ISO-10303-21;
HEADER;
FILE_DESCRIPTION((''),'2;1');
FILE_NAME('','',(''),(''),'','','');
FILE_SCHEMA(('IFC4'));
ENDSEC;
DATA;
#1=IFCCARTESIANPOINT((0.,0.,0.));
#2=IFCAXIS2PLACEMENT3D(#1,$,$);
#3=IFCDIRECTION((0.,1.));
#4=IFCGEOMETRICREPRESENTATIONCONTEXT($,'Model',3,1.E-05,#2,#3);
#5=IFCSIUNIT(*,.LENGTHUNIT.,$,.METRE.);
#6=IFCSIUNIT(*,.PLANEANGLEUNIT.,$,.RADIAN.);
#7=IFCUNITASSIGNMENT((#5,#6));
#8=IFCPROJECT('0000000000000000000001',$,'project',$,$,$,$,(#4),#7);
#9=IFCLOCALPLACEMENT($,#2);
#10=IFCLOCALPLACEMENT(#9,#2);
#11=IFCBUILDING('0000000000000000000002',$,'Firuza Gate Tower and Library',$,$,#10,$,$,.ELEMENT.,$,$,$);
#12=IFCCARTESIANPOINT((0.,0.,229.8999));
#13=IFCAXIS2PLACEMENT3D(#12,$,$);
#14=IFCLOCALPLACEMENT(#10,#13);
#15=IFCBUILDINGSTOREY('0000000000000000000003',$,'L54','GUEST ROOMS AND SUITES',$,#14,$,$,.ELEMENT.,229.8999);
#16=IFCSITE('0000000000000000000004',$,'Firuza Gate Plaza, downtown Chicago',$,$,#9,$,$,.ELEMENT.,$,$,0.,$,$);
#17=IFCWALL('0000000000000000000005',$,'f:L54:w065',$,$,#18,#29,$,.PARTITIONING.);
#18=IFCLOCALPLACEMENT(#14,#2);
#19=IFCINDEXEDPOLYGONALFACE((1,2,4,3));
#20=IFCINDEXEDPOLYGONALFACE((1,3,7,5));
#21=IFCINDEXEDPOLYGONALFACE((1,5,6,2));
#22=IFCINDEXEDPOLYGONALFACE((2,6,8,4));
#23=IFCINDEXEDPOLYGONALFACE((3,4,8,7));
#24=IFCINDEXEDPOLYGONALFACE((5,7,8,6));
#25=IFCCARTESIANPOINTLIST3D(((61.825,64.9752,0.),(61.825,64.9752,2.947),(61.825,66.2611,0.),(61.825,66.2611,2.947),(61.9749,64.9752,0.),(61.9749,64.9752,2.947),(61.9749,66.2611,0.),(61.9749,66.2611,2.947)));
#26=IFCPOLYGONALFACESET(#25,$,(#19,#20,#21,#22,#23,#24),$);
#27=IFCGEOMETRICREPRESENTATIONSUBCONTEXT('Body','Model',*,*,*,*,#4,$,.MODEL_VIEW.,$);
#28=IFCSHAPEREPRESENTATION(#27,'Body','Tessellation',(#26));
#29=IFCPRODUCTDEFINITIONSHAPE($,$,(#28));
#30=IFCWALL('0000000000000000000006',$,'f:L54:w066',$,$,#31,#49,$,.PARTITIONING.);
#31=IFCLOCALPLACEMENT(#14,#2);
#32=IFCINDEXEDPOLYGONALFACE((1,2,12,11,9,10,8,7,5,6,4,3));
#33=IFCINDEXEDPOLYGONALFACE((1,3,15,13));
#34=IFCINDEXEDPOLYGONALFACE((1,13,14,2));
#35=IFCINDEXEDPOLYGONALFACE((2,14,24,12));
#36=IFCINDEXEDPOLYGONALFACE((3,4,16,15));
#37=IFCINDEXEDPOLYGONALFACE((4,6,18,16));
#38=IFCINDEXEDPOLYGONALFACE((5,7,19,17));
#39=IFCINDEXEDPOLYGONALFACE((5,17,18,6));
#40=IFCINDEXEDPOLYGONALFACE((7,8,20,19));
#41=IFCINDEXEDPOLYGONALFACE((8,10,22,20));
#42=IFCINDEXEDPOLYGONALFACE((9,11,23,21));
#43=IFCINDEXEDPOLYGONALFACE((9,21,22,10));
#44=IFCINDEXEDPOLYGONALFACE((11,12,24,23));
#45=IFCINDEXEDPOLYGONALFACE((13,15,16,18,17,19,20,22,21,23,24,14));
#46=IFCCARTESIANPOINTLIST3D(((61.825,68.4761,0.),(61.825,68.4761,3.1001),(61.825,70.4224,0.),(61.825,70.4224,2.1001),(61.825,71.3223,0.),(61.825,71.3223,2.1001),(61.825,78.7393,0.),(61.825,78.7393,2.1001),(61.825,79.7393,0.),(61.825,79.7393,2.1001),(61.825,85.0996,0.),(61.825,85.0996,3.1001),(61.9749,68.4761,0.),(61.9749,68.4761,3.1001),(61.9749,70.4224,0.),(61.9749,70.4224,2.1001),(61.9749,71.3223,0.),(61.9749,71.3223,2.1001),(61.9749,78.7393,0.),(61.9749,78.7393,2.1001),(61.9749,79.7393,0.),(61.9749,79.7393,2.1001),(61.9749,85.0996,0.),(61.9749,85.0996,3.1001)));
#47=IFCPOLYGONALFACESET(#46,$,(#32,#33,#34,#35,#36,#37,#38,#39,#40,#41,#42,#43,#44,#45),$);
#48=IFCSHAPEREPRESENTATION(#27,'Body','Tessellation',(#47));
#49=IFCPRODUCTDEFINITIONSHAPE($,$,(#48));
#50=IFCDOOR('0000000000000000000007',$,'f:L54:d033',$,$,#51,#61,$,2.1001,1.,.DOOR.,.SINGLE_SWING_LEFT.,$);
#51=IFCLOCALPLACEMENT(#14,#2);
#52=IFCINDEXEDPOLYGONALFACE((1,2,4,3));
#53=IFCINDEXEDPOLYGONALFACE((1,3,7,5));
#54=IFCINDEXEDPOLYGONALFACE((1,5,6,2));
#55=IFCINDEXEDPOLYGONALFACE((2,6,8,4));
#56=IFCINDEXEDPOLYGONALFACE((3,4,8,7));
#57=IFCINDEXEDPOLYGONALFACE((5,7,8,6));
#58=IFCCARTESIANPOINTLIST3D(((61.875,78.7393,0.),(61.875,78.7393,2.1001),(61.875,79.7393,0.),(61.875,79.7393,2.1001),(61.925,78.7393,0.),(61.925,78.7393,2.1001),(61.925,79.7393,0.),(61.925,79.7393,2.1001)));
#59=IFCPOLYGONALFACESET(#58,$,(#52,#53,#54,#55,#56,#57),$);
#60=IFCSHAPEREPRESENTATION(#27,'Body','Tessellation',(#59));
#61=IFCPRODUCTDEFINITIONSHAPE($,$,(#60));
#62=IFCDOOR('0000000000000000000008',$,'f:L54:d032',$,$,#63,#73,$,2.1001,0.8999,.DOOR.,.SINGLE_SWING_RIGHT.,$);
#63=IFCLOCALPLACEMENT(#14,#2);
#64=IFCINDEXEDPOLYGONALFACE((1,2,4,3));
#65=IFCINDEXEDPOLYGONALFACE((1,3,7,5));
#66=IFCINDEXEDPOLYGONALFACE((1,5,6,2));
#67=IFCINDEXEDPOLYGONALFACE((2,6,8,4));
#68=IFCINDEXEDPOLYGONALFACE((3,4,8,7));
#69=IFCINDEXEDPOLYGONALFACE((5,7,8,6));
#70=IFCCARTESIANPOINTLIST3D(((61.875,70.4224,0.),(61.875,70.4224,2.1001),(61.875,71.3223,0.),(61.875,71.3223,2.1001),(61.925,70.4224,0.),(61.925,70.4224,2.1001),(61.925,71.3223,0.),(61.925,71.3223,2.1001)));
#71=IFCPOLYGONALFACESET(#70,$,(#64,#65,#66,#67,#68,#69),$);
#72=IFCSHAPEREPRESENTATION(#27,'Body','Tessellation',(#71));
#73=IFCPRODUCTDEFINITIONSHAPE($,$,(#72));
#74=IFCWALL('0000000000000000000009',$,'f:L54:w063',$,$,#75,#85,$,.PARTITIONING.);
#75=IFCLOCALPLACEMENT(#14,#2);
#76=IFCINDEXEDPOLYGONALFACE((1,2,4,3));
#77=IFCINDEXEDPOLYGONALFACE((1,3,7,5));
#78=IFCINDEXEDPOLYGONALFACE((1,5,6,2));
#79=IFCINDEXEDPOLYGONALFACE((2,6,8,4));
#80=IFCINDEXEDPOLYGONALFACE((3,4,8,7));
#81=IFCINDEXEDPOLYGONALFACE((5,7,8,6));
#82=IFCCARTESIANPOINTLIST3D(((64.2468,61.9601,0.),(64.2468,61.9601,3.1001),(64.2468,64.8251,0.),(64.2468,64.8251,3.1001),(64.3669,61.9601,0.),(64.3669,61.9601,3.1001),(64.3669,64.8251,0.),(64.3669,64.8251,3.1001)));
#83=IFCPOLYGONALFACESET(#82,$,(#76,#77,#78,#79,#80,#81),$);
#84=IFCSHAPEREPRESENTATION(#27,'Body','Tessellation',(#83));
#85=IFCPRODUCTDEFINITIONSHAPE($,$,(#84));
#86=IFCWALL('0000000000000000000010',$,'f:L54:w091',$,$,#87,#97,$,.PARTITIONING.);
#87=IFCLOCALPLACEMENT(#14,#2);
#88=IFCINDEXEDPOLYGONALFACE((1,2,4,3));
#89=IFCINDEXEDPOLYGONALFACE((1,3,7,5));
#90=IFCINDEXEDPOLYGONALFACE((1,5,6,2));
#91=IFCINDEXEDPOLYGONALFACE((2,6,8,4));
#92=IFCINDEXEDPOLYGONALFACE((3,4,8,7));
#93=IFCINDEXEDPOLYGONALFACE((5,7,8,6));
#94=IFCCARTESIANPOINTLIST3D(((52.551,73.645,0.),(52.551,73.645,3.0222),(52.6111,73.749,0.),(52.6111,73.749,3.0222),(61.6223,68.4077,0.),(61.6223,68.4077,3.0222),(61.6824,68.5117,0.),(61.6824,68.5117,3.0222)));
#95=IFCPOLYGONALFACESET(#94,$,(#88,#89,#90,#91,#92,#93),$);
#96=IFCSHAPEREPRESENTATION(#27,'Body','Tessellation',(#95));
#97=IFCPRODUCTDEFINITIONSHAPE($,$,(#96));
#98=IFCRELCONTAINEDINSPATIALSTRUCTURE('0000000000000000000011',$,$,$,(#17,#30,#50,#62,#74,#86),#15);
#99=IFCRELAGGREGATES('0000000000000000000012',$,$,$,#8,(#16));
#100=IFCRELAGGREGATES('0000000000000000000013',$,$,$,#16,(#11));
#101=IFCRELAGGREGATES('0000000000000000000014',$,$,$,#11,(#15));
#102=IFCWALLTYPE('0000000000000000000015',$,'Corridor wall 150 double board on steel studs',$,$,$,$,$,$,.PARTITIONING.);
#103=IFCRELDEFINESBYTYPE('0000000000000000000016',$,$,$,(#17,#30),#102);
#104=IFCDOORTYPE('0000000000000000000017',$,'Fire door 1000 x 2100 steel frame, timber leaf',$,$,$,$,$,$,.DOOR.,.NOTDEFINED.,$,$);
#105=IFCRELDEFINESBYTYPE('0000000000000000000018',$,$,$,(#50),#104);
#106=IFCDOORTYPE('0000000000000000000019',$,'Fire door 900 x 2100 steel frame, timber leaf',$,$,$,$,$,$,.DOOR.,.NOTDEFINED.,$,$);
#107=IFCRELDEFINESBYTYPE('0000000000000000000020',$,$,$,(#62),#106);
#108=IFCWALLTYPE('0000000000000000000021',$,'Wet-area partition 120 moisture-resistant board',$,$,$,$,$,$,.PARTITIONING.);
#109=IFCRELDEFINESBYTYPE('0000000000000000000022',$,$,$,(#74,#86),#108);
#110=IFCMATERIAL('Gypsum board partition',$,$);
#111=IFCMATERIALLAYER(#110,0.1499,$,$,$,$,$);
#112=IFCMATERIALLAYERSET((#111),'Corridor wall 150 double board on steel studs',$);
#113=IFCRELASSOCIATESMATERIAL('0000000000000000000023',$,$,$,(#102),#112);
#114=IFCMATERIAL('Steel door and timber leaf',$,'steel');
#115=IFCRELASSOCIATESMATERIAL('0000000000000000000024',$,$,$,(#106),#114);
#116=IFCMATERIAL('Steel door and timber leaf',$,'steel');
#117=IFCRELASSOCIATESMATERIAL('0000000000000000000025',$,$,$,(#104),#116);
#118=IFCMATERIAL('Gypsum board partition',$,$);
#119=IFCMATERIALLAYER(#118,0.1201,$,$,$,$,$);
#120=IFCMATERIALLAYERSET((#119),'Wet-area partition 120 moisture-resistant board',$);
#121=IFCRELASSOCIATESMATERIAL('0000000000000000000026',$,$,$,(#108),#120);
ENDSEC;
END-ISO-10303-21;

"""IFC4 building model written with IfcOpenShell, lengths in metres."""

from ifc_helpers import new_model, si_unit, direction, frame, frame_2d, origin, place, context, subcontext, project, spatial, rectangle, extrude, material, layer, layer_set, type_object, element, fill, save


model = new_model("IFC4")

# Units and contexts
model_context = context("Model", 3, precision=1e-05, world=origin(), true_north=direction((0.0, 1.0)))
body_context = subcontext(model_context, "Body", "Model", "MODEL_VIEW")
ifc_project = project(units=[si_unit("LENGTHUNIT", "METRE"), si_unit("PLANEANGLEUNIT", "RADIAN")], contexts=[model_context])

# Site, building, storey
site_placement = place(None, origin())
site = spatial("IfcSite", under=ifc_project, at=site_placement, Name="Firuza Gate Plaza, downtown Chicago", CompositionType="ELEMENT", RefElevation=0.0)
building_placement = place(site_placement, origin())
building = spatial("IfcBuilding", under=site, at=building_placement, Name="Firuza Gate Tower and Library", CompositionType="ELEMENT")
storey_placement = place(building_placement, frame((0.0, 0.0, 229.8999)))
storey = spatial("IfcBuildingStorey", under=building, at=storey_placement, Name="L54", Description="GUEST ROOMS AND SUITES", CompositionType="ELEMENT", Elevation=229.8999)

# Shared definitions
ifc_material_1 = material(Name="Gypsum board partition")
ifc_layer_1 = layer(ifc_material_1, 0.1499)
ifc_layer_set_1 = layer_set([ifc_layer_1], Name="Corridor wall 150 double board on steel studs")
wall_type_1 = type_object("IfcWallType", Name="Corridor wall 150 double board on steel studs", PredefinedType="PARTITIONING", material=ifc_layer_set_1)
ifc_material_2 = material(Name="Steel door and timber leaf", Category="steel")
door_type_1 = type_object("IfcDoorType", Name="Fire door 900 x 2100 steel frame, timber leaf", OperationType="NOTDEFINED", PredefinedType="DOOR", material=ifc_material_2)

# Wall
wall_1_placement = place(storey_placement, frame((61.8999, 64.9751, 0.0), z_axis=(0.0, 0.0, 1.0), x_axis=(0.0, 1.0, 0.0)))
element("IfcWall", 1, at=wall_1_placement, inside=storey, type_object=wall_type_1, Name="f:L54:w065", PredefinedType="PARTITIONING", context=body_context, shape_type="SweptSolid", body=[
    extrude(rectangle(XDim=1.2859, YDim=0.1499, at=frame_2d((0.6431, 0.0))), origin(), (0.0, 0.0, 1.0), 2.947),
])

# Wall, openings, doors
wall_2_placement = place(storey_placement, frame((61.8999, 68.4761, 0.0), z_axis=(0.0, 0.0, 1.0), x_axis=(0.0, 1.0, 0.0)))
wall_2 = element("IfcWall", 2, at=wall_2_placement, inside=storey, type_object=wall_type_1, Name="f:L54:w066", PredefinedType="PARTITIONING", context=body_context, shape_type="SweptSolid", body=[
    extrude(rectangle(XDim=16.6235, YDim=0.1499, at=frame_2d((8.3118, 0.0))), origin(), (0.0, 0.0, 1.0), 3.1001),
])
opening_1_placement = place(wall_2_placement, frame((1.9463, 0.0, 0.0)))
opening_1 = element("IfcOpeningElement", 3, at=opening_1_placement, cuts=wall_2, PredefinedType="OPENING", context=body_context, shape_type="SweptSolid", body=[
    extrude(rectangle(XDim=0.8999, YDim=2.1001, at=frame_2d((0.45, 1.05))), frame((0.0, 0.085, 0.0), z_axis=(0.0, -1.0, 0.0), x_axis=(1.0, 0.0, 0.0)), (0.0, 0.0, 1.0), 0.1699),
])
opening_2_placement = place(wall_2_placement, frame((10.2632, 0.0, 0.0)))
opening_2 = element("IfcOpeningElement", 4, at=opening_2_placement, cuts=wall_2, PredefinedType="OPENING", context=body_context, shape_type="SweptSolid", body=[
    extrude(rectangle(XDim=1.0, YDim=2.1001, at=frame_2d((0.5, 1.05))), frame((0.0, 0.085, 0.0), z_axis=(0.0, -1.0, 0.0), x_axis=(1.0, 0.0, 0.0)), (0.0, 0.0, 1.0), 0.1699),
])
ifc_material_3 = material(Name="Steel door and timber leaf", Category="steel")
door_type_2 = type_object("IfcDoorType", Name="Fire door 1000 x 2100 steel frame, timber leaf", OperationType="NOTDEFINED", PredefinedType="DOOR", material=ifc_material_3)
door_1_placement = place(opening_2_placement, origin())
door_1 = element("IfcDoor", 5, at=door_1_placement, inside=storey, type_object=door_type_2, Name="f:L54:d033", OperationType="SINGLE_SWING_LEFT", OverallHeight=2.1001, OverallWidth=1.0, PredefinedType="DOOR", context=body_context, shape_type="SweptSolid", body=[
    extrude(rectangle(XDim=1.0, YDim=2.1001, at=frame_2d((0.5, 1.05))), frame((0.0, 0.0249, 0.0), z_axis=(0.0, -1.0, 0.0), x_axis=(1.0, 0.0, 0.0)), (0.0, 0.0, 1.0), 0.05),
])
fill(opening_2, door_1)
door_2_placement = place(opening_1_placement, origin())
door_2 = element("IfcDoor", 6, at=door_2_placement, inside=storey, type_object=door_type_1, Name="f:L54:d032", OperationType="SINGLE_SWING_RIGHT", OverallHeight=2.1001, OverallWidth=0.8999, PredefinedType="DOOR", context=body_context, shape_type="SweptSolid", body=[
    extrude(rectangle(XDim=0.8999, YDim=2.1001, at=frame_2d((0.45, 1.05))), frame((0.0, 0.0249, 0.0), z_axis=(0.0, -1.0, 0.0), x_axis=(1.0, 0.0, 0.0)), (0.0, 0.0, 1.0), 0.05),
])
fill(opening_1, door_2)

# Walls
ifc_material_4 = material(Name="Gypsum board partition")
ifc_layer_2 = layer(ifc_material_4, 0.1201)
ifc_layer_set_2 = layer_set([ifc_layer_2], Name="Wet-area partition 120 moisture-resistant board")
wall_type_2 = type_object("IfcWallType", Name="Wet-area partition 120 moisture-resistant board", PredefinedType="PARTITIONING", material=ifc_layer_set_2)
wall_3_placement = place(storey_placement, frame((64.3069, 61.96, 0.0), z_axis=(0.0, 0.0, 1.0), x_axis=(0.0, 1.0, 0.0)))
element("IfcWall", 7, at=wall_3_placement, inside=storey, type_object=wall_type_2, Name="f:L54:w063", PredefinedType="PARTITIONING", context=body_context, shape_type="SweptSolid", body=[
    extrude(rectangle(XDim=2.865, YDim=0.1201, at=frame_2d((1.4326, 0.0))), origin(), (0.0, 0.0, 1.0), 3.1001),
])
wall_4_placement = place(storey_placement, frame((61.6523, 68.4597, 0.0), z_axis=(0.0, 0.0, 1.0), x_axis=(-0.866026, 0.5, 0.0)))
element("IfcWall", 8, at=wall_4_placement, inside=storey, type_object=wall_type_2, Name="f:L54:w091", PredefinedType="PARTITIONING", context=body_context, shape_type="SweptSolid", body=[
    extrude(rectangle(XDim=10.4746, YDim=0.1201, at=frame_2d((5.2373, 0.0))), origin(), (0.0, 0.0, 1.0), 3.0222),
])

save(model, "model.ifc")
